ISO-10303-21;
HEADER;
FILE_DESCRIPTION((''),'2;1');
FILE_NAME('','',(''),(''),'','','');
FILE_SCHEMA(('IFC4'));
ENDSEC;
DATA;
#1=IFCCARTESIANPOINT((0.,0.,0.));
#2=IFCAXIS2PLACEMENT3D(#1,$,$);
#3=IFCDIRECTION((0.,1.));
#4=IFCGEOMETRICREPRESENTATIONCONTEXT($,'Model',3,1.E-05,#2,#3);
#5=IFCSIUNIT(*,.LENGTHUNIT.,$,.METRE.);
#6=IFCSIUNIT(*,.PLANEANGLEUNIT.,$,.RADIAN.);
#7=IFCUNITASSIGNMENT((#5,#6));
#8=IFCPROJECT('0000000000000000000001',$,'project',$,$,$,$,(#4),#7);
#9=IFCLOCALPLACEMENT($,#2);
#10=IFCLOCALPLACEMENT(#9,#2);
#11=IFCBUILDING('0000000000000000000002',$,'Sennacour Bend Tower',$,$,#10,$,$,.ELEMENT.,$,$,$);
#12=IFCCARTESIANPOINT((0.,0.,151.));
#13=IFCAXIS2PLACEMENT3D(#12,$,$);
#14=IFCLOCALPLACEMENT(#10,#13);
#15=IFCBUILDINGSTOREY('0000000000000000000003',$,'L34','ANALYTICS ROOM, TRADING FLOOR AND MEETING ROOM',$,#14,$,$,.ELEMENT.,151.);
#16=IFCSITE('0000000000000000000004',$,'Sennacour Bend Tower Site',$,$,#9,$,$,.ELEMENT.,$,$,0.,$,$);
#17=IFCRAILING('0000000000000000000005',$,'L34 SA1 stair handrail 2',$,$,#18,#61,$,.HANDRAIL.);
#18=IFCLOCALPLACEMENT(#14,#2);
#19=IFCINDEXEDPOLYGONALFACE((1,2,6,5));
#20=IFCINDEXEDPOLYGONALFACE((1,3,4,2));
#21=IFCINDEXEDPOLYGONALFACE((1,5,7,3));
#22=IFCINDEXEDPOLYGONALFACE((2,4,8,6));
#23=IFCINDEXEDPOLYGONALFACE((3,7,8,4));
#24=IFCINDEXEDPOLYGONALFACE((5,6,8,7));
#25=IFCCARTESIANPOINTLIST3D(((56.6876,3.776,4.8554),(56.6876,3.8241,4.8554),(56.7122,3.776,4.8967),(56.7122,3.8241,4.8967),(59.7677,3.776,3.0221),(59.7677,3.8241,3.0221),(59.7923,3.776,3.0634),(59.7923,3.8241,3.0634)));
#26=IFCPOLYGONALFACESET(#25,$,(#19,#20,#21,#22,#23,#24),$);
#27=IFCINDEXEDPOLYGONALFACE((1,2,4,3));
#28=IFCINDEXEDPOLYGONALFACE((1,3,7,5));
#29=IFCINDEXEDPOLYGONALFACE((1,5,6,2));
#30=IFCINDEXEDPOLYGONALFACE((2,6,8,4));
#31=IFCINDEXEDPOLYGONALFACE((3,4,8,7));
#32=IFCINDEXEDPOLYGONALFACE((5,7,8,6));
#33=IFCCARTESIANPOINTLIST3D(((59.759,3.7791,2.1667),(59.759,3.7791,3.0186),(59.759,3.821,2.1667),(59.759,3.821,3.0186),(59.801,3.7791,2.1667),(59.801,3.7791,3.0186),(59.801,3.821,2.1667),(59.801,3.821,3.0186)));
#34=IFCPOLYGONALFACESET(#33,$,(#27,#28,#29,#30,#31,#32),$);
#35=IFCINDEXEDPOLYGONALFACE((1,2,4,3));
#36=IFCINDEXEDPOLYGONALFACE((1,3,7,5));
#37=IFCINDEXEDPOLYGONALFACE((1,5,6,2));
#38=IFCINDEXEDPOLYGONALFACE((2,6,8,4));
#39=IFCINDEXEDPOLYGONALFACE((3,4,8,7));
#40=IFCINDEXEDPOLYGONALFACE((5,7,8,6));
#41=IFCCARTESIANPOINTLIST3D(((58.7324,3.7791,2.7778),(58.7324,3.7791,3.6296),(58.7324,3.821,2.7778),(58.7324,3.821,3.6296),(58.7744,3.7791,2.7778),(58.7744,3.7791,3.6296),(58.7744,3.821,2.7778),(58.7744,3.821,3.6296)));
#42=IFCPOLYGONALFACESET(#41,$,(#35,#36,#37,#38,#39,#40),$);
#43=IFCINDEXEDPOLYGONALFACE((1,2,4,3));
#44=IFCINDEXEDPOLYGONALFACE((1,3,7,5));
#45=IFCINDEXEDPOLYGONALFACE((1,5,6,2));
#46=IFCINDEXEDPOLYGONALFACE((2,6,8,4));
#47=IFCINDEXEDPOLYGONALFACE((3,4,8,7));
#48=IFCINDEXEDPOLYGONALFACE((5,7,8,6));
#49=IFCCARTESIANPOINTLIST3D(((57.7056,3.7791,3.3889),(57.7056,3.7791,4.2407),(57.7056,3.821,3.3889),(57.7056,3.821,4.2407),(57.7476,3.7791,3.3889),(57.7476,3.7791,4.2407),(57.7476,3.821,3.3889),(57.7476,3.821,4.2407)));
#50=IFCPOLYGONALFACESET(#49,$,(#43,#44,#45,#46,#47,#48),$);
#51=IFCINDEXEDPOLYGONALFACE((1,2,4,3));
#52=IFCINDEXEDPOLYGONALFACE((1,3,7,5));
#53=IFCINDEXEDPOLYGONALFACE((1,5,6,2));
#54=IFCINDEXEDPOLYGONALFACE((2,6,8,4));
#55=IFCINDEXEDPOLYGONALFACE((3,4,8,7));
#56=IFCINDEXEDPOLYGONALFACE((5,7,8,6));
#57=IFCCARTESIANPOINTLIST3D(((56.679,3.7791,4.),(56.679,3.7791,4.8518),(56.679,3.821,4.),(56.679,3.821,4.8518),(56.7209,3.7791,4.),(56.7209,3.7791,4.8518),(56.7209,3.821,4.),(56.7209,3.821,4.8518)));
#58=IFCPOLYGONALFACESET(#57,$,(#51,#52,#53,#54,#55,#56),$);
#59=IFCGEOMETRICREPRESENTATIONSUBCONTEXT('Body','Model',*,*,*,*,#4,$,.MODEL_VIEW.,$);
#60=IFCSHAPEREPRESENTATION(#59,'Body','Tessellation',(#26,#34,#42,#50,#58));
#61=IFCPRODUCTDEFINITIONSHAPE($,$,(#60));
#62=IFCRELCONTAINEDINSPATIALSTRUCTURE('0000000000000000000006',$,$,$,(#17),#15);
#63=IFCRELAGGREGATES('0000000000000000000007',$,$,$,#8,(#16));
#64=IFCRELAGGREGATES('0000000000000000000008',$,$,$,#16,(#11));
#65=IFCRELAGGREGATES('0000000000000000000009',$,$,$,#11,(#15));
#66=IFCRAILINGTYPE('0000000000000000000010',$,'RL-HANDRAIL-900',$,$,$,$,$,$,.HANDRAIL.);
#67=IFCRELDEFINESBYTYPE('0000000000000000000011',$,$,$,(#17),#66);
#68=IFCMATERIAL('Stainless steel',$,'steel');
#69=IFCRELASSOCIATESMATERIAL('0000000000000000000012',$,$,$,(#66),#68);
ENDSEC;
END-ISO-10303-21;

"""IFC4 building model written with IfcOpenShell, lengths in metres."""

from ifc_helpers import new_model, si_unit, direction, frame, origin, origin_2d, place, context, subcontext, project, spatial, rectangle, extrude, material, type_object, element, save


model = new_model("IFC4")

# Units and contexts
model_context = context("Model", 3, precision=1e-05, world=origin(), true_north=direction((0.0, 1.0)))
body_context = subcontext(model_context, "Body", "Model", "MODEL_VIEW")
ifc_project = project(units=[si_unit("LENGTHUNIT", "METRE"), si_unit("PLANEANGLEUNIT", "RADIAN")], contexts=[model_context])

# Site, building, storey
site_placement = place(None, origin())
site = spatial("IfcSite", under=ifc_project, at=site_placement, Name="Sennacour Bend Tower Site", CompositionType="ELEMENT", RefElevation=0.0)
building_placement = place(site_placement, origin())
building = spatial("IfcBuilding", under=site, at=building_placement, Name="Sennacour Bend Tower", CompositionType="ELEMENT")
storey_placement = place(building_placement, frame((0.0, 0.0, 151.0)))
storey = spatial("IfcBuildingStorey", under=building, at=storey_placement, Name="L34", Description="ANALYTICS ROOM, TRADING FLOOR AND MEETING ROOM", CompositionType="ELEMENT", Elevation=151.0)

# Shared definitions
ifc_material_1 = material(Name="Stainless steel", Category="steel")

# Railing
railing_type_1 = type_object("IfcRailingType", Name="RL-HANDRAIL-900", PredefinedType="HANDRAIL", material=ifc_material_1)
railing_1_placement = place(storey_placement, frame((59.78, 3.8, 2.1667)))
element("IfcRailing", 1, at=railing_1_placement, inside=storey, type_object=railing_type_1, Name="L34 SA1 stair handrail 2", PredefinedType="HANDRAIL", context=body_context, shape_type="SweptSolid", body=[
    extrude(rectangle(XDim=0.0481, YDim=0.0481, at=origin_2d()), frame((0.0, 0.0, 0.876), z_axis=(-0.859309, 0.0, 0.511458), x_axis=(0.0, -1.0, 0.0)), (0.0, 0.0, 1.0), 3.5845),
    extrude(rectangle(XDim=0.042, YDim=0.042, at=origin_2d()), origin(), (0.0, 0.0, 1.0), 0.8518),
    extrude(rectangle(XDim=0.042, YDim=0.042, at=origin_2d()), frame((-1.0266, 0.0, 0.6111)), (0.0, 0.0, 1.0), 0.8518),
    extrude(rectangle(XDim=0.042, YDim=0.042, at=origin_2d()), frame((-2.0535, 0.0, 1.2222)), (0.0, 0.0, 1.0), 0.8518),
    extrude(rectangle(XDim=0.042, YDim=0.042, at=origin_2d()), frame((-3.0801, 0.0, 1.8333)), (0.0, 0.0, 1.0), 0.8518),
])

save(model, "model.ifc")
